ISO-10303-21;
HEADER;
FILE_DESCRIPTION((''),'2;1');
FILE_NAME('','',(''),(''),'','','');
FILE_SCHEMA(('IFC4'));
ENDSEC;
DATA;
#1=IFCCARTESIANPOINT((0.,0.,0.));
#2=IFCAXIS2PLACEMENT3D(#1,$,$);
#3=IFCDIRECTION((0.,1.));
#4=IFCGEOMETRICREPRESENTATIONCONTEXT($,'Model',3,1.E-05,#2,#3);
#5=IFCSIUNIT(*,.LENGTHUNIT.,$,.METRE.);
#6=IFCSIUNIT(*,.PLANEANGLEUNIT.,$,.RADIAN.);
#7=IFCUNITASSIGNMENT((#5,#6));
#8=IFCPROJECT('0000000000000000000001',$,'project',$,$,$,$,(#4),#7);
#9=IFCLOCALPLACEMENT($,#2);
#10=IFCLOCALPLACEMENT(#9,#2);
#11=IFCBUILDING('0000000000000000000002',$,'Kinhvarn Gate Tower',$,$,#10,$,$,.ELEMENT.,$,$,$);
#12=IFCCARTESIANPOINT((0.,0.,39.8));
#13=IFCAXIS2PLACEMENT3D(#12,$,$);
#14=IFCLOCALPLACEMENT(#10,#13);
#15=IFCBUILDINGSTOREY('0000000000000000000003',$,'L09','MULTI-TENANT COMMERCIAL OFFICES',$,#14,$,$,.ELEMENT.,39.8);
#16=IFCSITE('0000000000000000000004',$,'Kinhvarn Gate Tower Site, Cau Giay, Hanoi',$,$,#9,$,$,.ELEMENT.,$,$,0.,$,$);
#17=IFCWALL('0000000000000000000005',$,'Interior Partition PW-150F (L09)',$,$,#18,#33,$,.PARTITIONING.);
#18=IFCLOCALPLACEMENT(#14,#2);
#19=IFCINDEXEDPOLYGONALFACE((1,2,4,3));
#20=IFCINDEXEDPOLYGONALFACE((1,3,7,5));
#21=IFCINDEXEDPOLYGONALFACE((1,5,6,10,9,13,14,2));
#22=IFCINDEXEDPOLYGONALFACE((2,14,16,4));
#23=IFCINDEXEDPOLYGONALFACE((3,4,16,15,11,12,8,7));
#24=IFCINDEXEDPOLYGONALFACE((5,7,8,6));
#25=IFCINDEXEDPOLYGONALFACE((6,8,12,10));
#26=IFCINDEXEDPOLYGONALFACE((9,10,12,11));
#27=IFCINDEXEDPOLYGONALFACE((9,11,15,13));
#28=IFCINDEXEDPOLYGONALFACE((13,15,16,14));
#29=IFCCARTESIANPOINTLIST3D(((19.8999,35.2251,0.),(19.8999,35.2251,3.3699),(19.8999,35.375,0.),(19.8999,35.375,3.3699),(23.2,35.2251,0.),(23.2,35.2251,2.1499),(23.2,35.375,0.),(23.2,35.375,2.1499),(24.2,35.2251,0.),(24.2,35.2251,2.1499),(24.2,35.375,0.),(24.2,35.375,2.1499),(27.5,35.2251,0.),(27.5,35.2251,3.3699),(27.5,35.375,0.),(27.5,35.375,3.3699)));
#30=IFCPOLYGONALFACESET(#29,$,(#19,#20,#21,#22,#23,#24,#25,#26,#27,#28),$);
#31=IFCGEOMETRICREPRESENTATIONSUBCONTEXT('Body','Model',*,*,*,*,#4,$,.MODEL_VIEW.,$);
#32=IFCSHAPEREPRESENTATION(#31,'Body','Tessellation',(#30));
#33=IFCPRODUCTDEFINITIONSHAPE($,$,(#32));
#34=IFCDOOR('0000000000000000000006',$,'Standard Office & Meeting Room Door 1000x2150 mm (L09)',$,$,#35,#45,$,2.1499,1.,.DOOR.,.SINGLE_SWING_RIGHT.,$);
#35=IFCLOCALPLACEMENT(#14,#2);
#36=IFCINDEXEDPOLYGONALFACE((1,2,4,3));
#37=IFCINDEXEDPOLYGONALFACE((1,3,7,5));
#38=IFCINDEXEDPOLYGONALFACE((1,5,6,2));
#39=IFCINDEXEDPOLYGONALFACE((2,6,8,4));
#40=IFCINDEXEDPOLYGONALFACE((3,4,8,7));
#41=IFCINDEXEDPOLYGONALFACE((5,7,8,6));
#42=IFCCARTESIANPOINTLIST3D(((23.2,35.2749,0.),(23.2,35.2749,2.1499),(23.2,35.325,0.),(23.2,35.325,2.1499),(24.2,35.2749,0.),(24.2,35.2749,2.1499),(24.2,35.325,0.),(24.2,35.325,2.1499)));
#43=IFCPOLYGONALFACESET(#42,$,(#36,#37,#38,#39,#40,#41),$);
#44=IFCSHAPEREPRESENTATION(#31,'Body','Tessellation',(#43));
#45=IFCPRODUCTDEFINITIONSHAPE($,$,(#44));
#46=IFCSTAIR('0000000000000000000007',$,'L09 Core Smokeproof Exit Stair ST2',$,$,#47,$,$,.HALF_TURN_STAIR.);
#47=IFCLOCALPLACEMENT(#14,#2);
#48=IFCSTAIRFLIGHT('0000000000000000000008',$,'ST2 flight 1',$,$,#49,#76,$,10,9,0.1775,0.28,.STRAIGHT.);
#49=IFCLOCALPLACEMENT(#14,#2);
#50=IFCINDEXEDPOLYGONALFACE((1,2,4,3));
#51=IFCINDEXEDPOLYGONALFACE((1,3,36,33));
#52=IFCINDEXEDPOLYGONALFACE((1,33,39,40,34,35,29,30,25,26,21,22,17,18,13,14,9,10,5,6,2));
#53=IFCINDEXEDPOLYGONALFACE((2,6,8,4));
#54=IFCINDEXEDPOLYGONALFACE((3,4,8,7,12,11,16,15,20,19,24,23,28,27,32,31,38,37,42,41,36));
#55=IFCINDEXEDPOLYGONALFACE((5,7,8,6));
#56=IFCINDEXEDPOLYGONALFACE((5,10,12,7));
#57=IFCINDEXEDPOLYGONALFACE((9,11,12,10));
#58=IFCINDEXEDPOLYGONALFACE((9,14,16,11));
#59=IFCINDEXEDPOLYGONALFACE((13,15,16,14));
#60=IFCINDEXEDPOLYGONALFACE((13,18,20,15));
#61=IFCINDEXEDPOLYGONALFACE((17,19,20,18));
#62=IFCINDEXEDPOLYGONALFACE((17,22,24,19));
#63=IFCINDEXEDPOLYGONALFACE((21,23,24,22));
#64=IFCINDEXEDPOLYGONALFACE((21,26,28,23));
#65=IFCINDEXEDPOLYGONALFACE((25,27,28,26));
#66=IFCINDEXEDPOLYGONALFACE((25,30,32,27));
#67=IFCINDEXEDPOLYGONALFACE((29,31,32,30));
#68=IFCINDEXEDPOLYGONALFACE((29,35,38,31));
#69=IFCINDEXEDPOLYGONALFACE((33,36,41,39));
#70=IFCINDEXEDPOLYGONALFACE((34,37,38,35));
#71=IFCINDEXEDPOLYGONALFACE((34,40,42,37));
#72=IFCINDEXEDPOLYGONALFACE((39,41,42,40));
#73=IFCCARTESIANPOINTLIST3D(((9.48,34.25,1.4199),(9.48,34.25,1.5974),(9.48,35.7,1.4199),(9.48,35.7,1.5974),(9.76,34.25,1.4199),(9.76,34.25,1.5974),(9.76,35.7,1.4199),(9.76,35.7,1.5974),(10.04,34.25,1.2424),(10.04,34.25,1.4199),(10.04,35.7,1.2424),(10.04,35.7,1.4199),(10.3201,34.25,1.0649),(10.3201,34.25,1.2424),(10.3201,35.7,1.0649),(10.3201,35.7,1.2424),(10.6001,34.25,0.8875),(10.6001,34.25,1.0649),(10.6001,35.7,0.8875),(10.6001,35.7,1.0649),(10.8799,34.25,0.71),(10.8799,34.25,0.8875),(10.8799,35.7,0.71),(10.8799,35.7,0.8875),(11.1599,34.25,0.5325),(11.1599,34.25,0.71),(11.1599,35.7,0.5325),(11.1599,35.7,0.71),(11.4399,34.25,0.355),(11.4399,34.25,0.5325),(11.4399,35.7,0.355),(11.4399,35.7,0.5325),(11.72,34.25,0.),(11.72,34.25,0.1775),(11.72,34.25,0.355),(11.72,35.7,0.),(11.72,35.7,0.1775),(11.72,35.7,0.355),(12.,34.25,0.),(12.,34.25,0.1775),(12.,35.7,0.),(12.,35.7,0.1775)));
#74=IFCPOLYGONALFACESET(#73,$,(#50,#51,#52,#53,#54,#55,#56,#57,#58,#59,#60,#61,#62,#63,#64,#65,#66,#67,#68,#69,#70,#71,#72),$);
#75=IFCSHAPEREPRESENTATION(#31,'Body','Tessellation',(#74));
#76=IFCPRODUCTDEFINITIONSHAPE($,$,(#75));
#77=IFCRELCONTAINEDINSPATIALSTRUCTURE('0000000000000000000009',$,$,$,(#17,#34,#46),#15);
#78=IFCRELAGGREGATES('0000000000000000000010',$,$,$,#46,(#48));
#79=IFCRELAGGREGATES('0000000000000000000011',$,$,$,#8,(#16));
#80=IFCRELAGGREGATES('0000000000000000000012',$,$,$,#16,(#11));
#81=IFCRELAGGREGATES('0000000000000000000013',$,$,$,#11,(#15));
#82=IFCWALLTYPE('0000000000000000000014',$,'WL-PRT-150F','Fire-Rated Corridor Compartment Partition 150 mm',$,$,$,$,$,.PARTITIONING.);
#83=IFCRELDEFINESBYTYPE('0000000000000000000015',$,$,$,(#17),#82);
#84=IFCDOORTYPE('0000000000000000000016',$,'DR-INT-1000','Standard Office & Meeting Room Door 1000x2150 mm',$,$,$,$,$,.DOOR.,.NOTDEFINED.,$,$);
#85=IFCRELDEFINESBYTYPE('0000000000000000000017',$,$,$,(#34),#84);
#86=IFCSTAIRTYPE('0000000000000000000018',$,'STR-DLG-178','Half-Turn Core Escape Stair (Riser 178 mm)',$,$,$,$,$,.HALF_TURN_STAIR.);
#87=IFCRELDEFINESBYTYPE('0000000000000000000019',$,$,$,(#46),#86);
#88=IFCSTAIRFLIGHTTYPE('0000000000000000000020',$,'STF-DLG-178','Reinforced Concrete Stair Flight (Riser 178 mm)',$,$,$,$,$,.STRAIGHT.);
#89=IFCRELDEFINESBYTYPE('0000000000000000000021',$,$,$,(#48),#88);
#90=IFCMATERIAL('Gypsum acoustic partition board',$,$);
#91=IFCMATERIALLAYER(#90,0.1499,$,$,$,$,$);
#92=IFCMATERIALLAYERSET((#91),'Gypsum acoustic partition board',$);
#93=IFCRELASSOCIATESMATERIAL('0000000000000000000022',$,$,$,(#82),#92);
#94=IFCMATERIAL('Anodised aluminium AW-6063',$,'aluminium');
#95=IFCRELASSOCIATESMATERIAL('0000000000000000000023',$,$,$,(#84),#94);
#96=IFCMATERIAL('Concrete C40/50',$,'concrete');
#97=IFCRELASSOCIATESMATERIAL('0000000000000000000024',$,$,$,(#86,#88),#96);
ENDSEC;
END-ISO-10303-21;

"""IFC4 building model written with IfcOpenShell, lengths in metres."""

from ifc_helpers import new_model, si_unit, direction, frame, frame_2d, origin, place, context, subcontext, project, spatial, polyline, rectangle, outline, extrude, material, layer, layer_set, type_object, element, fill, aggregate, save


model = new_model("IFC4")

# Units and contexts
model_context = context("Model", 3, precision=1e-05, world=origin(), true_north=direction((0.0, 1.0)))
body_context = subcontext(model_context, "Body", "Model", "MODEL_VIEW")
ifc_project = project(units=[si_unit("LENGTHUNIT", "METRE"), si_unit("PLANEANGLEUNIT", "RADIAN")], contexts=[model_context])

# Site, building, storey
site_placement = place(None, origin())
site = spatial("IfcSite", under=ifc_project, at=site_placement, Name="Kinhvarn Gate Tower Site, Cau Giay, Hanoi", CompositionType="ELEMENT", RefElevation=0.0)
building_placement = place(site_placement, origin())
building = spatial("IfcBuilding", under=site, at=building_placement, Name="Kinhvarn Gate Tower", CompositionType="ELEMENT")
storey_placement = place(building_placement, frame((0.0, 0.0, 39.8)))
storey = spatial("IfcBuildingStorey", under=building, at=storey_placement, Name="L09", Description="MULTI-TENANT COMMERCIAL OFFICES", CompositionType="ELEMENT", Elevation=39.8)

# Shared definitions
ifc_material_1 = material(Name="Anodised aluminium AW-6063", Category="aluminium")

# Shared definitions
ifc_material_2 = material(Name="Gypsum acoustic partition board")
ifc_layer_1 = layer(ifc_material_2, 0.1499)
ifc_layer_set_1 = layer_set([ifc_layer_1], Name="Gypsum acoustic partition board")
wall_type_1 = type_object("IfcWallType", Name="WL-PRT-150F", Description="Fire-Rated Corridor Compartment Partition 150 mm", PredefinedType="PARTITIONING", material=ifc_layer_set_1)

# Wall, opening, door
wall_1_placement = place(storey_placement, frame((19.8999, 35.3, 0.0), z_axis=(0.0, 0.0, 1.0), x_axis=(1.0, 0.0, 0.0)))
wall_1 = element("IfcWall", 1, at=wall_1_placement, inside=storey, type_object=wall_type_1, Name="Interior Partition PW-150F (L09)", PredefinedType="PARTITIONING", context=body_context, shape_type="SweptSolid", body=[
    extrude(rectangle(XDim=7.6001, YDim=0.1499, at=frame_2d((3.8, 0.0))), origin(), (0.0, 0.0, 1.0), 3.3699),
])
opening_1_placement = place(wall_1_placement, frame((3.3, 0.0, 0.0)))
opening_1 = element("IfcOpeningElement", 2, at=opening_1_placement, cuts=wall_1, PredefinedType="OPENING", context=body_context, shape_type="SweptSolid", body=[
    extrude(rectangle(XDim=1.0, YDim=2.1499, at=frame_2d((0.5, 1.075))), frame((0.0, 0.085, 0.0), z_axis=(0.0, -1.0, 0.0), x_axis=(1.0, 0.0, 0.0)), (0.0, 0.0, 1.0), 0.1699),
])
door_type_1 = type_object("IfcDoorType", Name="DR-INT-1000", Description="Standard Office & Meeting Room Door 1000x2150 mm", OperationType="NOTDEFINED", PredefinedType="DOOR", material=ifc_material_1)
door_1_placement = place(opening_1_placement, origin())
door_1 = element("IfcDoor", 3, at=door_1_placement, inside=storey, type_object=door_type_1, Name="Standard Office & Meeting Room Door 1000x2150 mm (L09)", OperationType="SINGLE_SWING_RIGHT", OverallHeight=2.1499, OverallWidth=1.0, PredefinedType="DOOR", context=body_context, shape_type="SweptSolid", body=[
    extrude(rectangle(XDim=1.0, YDim=2.1499, at=frame_2d((0.5, 1.075))), frame((0.0, 0.0249, 0.0), z_axis=(0.0, -1.0, 0.0), x_axis=(1.0, 0.0, 0.0)), (0.0, 0.0, 1.0), 0.05),
])
fill(opening_1, door_1)
ifc_material_3 = material(Name="Concrete C40/50", Category="concrete")

# Stair, stair flight
stair_type = type_object("IfcStairType", Name="STR-DLG-178", Description="Half-Turn Core Escape Stair (Riser 178 mm)", PredefinedType="HALF_TURN_STAIR", material=ifc_material_3)
stair_placement = place(storey_placement, origin())
stair = element("IfcStair", 4, at=stair_placement, inside=storey, type_object=stair_type, Name="L09 Core Smokeproof Exit Stair ST2", PredefinedType="HALF_TURN_STAIR")
stair_flight_type = type_object("IfcStairFlightType", Name="STF-DLG-178", Description="Reinforced Concrete Stair Flight (Riser 178 mm)", PredefinedType="STRAIGHT", material=ifc_material_3)
stair_flight_placement = place(storey_placement, frame((12.0, 34.9751, 0.0), z_axis=(0.0, 0.0, 1.0), x_axis=(-1.0, 0.0, 0.0)))
stair_flight = element("IfcStairFlight", 5, at=stair_flight_placement, type_object=stair_flight_type, Name="ST2 flight 1", NumberOfRisers=10, NumberOfTreads=9, PredefinedType="STRAIGHT", RiserHeight=0.1775, TreadLength=0.28, context=body_context, shape_type="SweptSolid", body=[
    extrude(outline(polyline([(0.0, 0.0), (0.0, 0.1775), (0.28, 0.1775), (0.28, 0.355), (0.5601, 0.355), (0.5601, 0.5325), (0.8401, 0.5325), (0.8401, 0.71), (1.1201, 0.71), (1.1201, 0.8875), (1.3999, 0.8875), (1.3999, 1.0649), (1.6799, 1.0649), (1.6799, 1.2424), (1.96, 1.2424), (1.96, 1.4199), (2.24, 1.4199), (2.24, 1.5974), (2.52, 1.5974), (2.52, 1.7749), (2.52, 1.4199), (0.28, 0.0), (0.0, 0.0)])), frame((0.0, 0.7251, 0.0), z_axis=(0.0, -1.0, 0.0), x_axis=(1.0, 0.0, 0.0)), (0.0, 0.0, 1.0), 1.45),
])
aggregate(stair, [stair_flight])

save(model, "model.ifc")
